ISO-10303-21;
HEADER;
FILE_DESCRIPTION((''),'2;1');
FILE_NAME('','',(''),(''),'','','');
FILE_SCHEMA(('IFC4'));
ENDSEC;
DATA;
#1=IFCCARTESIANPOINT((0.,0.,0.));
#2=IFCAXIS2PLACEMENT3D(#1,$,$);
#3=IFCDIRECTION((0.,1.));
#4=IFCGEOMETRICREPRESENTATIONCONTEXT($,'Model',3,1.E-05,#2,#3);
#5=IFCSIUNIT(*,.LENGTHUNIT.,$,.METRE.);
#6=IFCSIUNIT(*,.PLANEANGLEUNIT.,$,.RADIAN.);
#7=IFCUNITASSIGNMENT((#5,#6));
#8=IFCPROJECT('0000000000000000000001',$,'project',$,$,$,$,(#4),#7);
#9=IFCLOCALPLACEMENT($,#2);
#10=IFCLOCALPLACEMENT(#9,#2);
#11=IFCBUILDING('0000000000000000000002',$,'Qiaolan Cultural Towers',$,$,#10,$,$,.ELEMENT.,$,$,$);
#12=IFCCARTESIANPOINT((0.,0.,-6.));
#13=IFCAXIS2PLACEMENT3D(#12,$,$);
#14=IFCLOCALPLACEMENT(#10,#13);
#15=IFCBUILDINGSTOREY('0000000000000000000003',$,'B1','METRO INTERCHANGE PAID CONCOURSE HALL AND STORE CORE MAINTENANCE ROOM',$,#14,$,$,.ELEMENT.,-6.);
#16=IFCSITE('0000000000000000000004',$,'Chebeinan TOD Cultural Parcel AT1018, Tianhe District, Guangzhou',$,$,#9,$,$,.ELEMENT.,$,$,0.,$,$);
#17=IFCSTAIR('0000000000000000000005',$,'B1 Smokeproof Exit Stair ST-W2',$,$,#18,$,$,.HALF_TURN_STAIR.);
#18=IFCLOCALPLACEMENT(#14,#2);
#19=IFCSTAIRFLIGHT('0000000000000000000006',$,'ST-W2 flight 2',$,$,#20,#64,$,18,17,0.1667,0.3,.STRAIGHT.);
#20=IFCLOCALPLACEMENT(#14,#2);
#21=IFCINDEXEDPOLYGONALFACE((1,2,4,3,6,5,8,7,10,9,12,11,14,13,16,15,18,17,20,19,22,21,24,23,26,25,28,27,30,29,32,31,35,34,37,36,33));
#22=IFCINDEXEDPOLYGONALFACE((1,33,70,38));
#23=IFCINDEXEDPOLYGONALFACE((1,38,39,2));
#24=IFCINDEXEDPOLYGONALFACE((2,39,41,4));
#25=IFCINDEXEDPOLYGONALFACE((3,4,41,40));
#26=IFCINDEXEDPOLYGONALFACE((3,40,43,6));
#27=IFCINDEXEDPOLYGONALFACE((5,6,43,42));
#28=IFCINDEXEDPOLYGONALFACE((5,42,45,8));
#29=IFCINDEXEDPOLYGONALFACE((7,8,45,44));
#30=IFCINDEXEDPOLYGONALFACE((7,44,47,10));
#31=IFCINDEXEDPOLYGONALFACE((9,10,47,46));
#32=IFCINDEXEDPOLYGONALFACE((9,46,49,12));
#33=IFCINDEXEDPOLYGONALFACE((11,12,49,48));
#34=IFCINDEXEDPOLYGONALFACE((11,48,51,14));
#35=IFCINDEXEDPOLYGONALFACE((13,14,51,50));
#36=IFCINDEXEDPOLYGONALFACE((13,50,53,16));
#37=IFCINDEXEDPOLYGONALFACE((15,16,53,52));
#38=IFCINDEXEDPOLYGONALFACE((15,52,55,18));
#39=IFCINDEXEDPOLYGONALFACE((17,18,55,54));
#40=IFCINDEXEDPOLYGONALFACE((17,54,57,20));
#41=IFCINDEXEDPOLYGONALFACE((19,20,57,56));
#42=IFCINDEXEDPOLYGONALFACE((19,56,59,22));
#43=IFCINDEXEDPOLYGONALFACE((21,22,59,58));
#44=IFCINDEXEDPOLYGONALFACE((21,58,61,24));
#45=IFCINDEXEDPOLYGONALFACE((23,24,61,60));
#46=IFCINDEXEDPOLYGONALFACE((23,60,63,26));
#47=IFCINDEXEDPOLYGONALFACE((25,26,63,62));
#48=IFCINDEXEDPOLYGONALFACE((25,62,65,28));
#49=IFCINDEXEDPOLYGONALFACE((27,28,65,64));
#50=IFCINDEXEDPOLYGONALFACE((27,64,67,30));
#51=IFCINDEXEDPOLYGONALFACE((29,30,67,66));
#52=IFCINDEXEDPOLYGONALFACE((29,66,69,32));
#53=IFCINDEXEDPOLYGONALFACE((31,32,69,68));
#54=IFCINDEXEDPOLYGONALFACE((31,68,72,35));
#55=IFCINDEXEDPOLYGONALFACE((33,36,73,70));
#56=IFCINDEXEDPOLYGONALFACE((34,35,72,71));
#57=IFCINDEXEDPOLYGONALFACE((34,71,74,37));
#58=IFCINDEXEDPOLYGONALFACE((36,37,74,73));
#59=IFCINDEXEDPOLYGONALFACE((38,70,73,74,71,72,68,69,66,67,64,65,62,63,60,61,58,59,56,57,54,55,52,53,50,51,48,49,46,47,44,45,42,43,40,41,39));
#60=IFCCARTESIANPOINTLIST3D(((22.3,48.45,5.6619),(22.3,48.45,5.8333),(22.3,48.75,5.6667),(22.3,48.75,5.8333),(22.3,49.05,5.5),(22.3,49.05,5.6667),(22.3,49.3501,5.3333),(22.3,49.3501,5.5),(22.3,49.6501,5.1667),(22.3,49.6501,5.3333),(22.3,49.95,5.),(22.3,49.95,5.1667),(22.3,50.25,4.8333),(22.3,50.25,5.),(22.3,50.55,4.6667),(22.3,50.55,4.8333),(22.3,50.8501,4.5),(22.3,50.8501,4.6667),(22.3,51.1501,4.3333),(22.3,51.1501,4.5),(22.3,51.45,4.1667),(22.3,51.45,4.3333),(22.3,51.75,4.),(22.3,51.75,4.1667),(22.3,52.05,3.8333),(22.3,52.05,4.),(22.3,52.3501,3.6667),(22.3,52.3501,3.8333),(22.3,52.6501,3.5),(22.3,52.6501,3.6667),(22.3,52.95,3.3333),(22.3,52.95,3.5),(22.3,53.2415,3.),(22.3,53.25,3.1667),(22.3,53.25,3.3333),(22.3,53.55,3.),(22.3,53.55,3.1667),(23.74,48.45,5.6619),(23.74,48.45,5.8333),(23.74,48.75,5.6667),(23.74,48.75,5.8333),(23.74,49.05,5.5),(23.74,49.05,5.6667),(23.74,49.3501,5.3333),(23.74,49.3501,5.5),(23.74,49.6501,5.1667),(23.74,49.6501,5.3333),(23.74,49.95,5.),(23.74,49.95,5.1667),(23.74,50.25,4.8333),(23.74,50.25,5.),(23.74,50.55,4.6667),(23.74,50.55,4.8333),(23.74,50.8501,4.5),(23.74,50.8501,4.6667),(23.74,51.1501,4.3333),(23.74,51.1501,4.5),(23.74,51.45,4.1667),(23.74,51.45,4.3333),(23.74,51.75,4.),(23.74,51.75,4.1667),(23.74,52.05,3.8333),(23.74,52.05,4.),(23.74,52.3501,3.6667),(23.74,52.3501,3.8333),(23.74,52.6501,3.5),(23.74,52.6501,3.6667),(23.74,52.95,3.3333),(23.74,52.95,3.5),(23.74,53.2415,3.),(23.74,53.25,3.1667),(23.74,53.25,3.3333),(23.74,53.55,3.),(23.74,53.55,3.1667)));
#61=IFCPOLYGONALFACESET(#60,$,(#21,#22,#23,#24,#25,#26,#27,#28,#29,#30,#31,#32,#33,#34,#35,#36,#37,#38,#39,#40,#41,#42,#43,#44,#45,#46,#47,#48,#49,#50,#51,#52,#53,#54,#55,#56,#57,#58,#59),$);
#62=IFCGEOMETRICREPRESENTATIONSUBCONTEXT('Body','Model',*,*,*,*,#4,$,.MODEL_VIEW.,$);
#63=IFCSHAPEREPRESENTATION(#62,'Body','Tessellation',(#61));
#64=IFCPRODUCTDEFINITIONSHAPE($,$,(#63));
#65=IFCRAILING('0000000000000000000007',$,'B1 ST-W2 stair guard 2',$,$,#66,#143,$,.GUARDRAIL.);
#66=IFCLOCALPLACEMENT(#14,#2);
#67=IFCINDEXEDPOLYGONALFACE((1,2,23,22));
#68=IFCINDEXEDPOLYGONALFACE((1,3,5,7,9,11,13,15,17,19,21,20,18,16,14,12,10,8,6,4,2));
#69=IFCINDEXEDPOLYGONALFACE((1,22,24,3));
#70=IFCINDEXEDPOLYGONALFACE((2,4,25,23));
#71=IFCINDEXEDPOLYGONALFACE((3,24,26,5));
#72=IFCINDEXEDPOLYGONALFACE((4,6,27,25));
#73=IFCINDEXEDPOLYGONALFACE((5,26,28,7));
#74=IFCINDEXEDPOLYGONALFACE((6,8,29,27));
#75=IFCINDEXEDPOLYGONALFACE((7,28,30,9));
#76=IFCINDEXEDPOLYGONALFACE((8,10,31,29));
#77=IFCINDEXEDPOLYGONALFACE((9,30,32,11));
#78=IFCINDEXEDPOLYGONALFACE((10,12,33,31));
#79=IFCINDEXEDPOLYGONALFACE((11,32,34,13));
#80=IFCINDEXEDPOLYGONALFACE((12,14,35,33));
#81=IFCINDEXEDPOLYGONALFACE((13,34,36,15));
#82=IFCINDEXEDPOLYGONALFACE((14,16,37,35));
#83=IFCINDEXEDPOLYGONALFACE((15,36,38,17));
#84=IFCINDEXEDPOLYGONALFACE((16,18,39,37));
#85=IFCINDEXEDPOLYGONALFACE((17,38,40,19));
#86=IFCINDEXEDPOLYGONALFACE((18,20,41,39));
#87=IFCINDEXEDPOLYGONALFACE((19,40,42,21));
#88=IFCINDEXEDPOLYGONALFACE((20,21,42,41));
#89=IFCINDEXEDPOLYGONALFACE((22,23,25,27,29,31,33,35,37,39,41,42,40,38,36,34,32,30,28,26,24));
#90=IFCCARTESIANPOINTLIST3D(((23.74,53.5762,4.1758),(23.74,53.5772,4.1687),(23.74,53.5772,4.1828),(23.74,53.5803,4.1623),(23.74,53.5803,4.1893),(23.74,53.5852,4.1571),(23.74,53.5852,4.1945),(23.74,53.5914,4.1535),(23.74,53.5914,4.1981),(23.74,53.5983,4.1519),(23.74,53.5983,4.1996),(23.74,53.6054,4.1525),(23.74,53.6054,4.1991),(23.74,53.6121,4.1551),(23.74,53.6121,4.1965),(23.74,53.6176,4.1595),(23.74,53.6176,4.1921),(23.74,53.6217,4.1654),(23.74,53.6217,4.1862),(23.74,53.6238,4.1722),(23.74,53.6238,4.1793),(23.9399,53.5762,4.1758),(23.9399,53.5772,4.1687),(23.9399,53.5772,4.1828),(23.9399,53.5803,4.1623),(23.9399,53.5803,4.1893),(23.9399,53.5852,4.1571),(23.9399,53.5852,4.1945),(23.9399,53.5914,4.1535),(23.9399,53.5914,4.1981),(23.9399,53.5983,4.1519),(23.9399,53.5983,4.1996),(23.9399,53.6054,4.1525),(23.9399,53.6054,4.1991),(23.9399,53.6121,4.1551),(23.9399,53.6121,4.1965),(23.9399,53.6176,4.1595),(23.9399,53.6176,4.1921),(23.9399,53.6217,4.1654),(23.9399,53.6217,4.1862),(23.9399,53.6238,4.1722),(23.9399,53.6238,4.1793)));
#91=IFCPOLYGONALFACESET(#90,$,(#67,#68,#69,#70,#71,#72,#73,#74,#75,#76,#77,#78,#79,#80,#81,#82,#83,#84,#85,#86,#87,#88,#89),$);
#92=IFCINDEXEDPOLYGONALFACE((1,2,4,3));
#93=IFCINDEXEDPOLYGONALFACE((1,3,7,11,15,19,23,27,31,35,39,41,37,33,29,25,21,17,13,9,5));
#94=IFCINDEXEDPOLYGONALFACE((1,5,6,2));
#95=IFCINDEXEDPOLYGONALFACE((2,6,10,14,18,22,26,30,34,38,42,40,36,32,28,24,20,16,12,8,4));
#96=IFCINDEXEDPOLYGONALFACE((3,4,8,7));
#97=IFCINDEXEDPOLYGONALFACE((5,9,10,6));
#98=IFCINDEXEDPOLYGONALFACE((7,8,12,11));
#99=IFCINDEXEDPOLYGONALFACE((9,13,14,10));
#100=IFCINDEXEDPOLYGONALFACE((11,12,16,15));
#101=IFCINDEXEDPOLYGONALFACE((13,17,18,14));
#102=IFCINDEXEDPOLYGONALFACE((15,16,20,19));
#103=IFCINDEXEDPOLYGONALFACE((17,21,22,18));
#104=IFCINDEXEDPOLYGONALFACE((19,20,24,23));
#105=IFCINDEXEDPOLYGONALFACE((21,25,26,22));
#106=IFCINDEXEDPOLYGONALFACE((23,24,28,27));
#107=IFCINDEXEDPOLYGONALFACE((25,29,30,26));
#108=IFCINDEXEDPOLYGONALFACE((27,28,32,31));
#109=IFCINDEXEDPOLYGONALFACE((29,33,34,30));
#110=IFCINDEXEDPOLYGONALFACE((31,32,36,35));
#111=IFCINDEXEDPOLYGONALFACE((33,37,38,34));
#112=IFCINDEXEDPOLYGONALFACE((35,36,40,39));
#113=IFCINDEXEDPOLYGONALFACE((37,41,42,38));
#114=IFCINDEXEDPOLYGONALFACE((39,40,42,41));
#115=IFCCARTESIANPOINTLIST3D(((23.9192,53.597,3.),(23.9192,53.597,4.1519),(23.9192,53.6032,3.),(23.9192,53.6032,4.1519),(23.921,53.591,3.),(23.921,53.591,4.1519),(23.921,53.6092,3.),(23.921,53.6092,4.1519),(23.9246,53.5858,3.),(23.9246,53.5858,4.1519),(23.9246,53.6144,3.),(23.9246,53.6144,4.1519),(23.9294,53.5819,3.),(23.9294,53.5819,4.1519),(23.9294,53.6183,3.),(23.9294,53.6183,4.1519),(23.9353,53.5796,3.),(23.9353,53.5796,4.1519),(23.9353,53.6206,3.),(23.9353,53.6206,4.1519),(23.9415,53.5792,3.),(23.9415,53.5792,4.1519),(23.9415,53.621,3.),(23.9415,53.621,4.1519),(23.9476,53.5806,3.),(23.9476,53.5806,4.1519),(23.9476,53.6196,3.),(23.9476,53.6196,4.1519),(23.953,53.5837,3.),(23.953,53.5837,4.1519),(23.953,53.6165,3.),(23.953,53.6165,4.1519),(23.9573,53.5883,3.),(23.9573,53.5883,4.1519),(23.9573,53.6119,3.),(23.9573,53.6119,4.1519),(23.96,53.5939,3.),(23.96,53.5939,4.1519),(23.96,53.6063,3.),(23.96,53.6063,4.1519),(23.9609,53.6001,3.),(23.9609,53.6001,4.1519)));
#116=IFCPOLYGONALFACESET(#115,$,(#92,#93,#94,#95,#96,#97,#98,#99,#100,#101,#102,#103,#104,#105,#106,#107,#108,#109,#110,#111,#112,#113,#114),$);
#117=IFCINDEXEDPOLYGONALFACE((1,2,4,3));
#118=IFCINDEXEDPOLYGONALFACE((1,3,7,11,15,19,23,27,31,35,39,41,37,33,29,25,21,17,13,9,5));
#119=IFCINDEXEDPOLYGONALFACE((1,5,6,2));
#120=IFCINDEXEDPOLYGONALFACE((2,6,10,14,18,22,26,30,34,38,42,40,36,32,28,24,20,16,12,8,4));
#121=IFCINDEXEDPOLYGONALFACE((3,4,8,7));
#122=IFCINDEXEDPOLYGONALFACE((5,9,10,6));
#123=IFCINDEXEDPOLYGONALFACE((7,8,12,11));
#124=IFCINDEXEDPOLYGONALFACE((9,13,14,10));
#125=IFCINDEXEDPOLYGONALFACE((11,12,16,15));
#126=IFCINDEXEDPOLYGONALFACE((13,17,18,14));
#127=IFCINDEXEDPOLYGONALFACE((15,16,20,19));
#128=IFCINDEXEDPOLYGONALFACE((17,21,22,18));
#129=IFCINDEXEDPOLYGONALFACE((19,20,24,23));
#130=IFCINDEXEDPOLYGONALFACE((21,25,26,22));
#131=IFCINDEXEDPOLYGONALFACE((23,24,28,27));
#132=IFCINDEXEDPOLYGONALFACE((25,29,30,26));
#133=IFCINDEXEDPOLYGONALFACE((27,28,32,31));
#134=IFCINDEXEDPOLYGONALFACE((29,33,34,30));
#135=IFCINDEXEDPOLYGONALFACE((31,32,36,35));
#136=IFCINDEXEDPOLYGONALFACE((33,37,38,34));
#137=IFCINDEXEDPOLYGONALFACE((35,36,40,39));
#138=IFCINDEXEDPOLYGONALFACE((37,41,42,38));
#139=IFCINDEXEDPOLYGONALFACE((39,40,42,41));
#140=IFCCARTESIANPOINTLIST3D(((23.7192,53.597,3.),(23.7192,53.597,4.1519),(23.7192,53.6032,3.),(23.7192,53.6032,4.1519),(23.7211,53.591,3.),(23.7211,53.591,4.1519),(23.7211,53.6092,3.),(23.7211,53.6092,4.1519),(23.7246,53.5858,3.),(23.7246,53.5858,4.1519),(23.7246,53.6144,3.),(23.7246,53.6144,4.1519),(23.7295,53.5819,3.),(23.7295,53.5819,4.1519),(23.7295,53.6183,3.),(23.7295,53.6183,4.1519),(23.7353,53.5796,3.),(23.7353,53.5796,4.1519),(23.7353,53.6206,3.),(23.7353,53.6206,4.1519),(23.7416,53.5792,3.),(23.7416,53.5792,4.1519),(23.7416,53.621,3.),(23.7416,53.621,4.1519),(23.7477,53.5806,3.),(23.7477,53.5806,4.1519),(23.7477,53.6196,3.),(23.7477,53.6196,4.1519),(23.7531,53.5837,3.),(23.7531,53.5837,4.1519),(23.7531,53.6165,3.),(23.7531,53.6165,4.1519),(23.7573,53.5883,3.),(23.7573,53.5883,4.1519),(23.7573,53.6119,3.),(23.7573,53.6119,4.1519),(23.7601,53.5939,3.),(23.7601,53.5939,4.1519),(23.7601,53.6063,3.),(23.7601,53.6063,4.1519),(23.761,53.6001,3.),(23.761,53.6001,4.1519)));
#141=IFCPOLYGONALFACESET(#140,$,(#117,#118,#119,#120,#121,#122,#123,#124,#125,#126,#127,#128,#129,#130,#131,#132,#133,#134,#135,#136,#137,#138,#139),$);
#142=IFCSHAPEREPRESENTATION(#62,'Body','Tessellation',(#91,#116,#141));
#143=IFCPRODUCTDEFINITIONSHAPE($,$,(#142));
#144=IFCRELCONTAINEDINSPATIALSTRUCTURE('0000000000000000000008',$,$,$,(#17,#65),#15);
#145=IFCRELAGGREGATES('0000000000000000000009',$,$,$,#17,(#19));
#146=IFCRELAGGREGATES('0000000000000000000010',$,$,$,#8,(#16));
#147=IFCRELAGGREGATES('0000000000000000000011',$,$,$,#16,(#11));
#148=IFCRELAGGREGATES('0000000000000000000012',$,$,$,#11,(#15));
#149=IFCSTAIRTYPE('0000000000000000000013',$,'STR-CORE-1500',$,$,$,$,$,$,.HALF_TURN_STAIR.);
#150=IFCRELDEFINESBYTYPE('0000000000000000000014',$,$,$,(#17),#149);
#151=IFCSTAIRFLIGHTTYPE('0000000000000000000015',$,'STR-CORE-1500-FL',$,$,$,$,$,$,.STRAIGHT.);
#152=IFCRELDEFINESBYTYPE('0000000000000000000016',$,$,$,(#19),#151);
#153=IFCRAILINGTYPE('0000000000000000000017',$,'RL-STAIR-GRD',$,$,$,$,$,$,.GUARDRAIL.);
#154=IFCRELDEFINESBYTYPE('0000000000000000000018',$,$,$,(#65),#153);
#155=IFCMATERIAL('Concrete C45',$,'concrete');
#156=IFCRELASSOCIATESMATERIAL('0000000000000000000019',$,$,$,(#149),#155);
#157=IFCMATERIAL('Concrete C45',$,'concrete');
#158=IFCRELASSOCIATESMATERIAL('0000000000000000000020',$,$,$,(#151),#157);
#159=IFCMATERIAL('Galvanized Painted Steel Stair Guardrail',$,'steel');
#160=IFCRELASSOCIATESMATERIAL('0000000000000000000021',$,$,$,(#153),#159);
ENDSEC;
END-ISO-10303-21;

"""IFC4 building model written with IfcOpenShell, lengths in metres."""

from ifc_helpers import new_model, si_unit, direction, frame, origin, origin_2d, place, context, subcontext, project, spatial, polyline, circle, outline, extrude, material, type_object, element, aggregate, save


model = new_model("IFC4")

# Units and contexts
model_context = context("Model", 3, precision=1e-05, world=origin(), true_north=direction((0.0, 1.0)))
body_context = subcontext(model_context, "Body", "Model", "MODEL_VIEW")
ifc_project = project(units=[si_unit("LENGTHUNIT", "METRE"), si_unit("PLANEANGLEUNIT", "RADIAN")], contexts=[model_context])

# Site, building, storey
site_placement = place(None, origin())
site = spatial("IfcSite", under=ifc_project, at=site_placement, Name="Chebeinan TOD Cultural Parcel AT1018, Tianhe District, Guangzhou", CompositionType="ELEMENT", RefElevation=0.0)
building_placement = place(site_placement, origin())
building = spatial("IfcBuilding", under=site, at=building_placement, Name="Qiaolan Cultural Towers", CompositionType="ELEMENT")
storey_placement = place(building_placement, frame((0.0, 0.0, -6.0)))
storey = spatial("IfcBuildingStorey", under=building, at=storey_placement, Name="B1", Description="METRO INTERCHANGE PAID CONCOURSE HALL AND STORE CORE MAINTENANCE ROOM", CompositionType="ELEMENT", Elevation=-6.0)

# Stair, stair flight
ifc_material_1 = material(Name="Concrete C45", Category="concrete")
stair_type = type_object("IfcStairType", Name="STR-CORE-1500", PredefinedType="HALF_TURN_STAIR", material=ifc_material_1)
stair_placement = place(storey_placement, origin())
stair = element("IfcStair", 1, at=stair_placement, inside=storey, type_object=stair_type, Name="B1 Smokeproof Exit Stair ST-W2", PredefinedType="HALF_TURN_STAIR")
ifc_material_2 = material(Name="Concrete C45", Category="concrete")
stair_flight_type = type_object("IfcStairFlightType", Name="STR-CORE-1500-FL", PredefinedType="STRAIGHT", material=ifc_material_2)
stair_flight_placement = place(storey_placement, frame((23.02, 53.55, 3.0), z_axis=(0.0, 0.0, 1.0), x_axis=(0.0, -1.0, 0.0)))
stair_flight = element("IfcStairFlight", 2, at=stair_flight_placement, type_object=stair_flight_type, Name="ST-W2 flight 2", NumberOfRisers=18, NumberOfTreads=17, PredefinedType="STRAIGHT", RiserHeight=0.1667, TreadLength=0.3, context=body_context, shape_type="SweptSolid", body=[
    extrude(outline(polyline([(0.0, 0.0), (0.0, 0.1667), (0.3, 0.1667), (0.3, 0.3333), (0.6001, 0.3333), (0.6001, 0.5), (0.8999, 0.5), (0.8999, 0.6667), (1.2, 0.6667), (1.2, 0.8333), (1.5, 0.8333), (1.5, 1.0), (1.8, 1.0), (1.8, 1.1667), (2.1001, 1.1667), (2.1001, 1.3333), (2.3999, 1.3333), (2.3999, 1.5), (2.7, 1.5), (2.7, 1.6667), (3.0, 1.6667), (3.0, 1.8333), (3.3, 1.8333), (3.3, 2.0), (3.6001, 2.0), (3.6001, 2.1667), (3.8999, 2.1667), (3.8999, 2.3333), (4.2, 2.3333), (4.2, 2.5), (4.5, 2.5), (4.5, 2.6667), (4.8, 2.6667), (4.8, 2.8333), (5.1001, 2.8333), (5.1001, 3.0), (5.1001, 2.6619), (0.3086, 0.0), (0.0, 0.0)])), frame((0.0, 0.72, 0.0), z_axis=(0.0, -1.0, 0.0), x_axis=(1.0, 0.0, 0.0)), (0.0, 0.0, 1.0), 1.4399),
])
aggregate(stair, [stair_flight])

# Railing
ifc_material_3 = material(Name="Galvanized Painted Steel Stair Guardrail", Category="steel")
railing_type_1 = type_object("IfcRailingType", Name="RL-STAIR-GRD", PredefinedType="GUARDRAIL", material=ifc_material_3)
railing_1_placement = place(storey_placement, frame((23.9399, 53.6001, 3.0)))
element("IfcRailing", 3, at=railing_1_placement, inside=storey, type_object=railing_type_1, Name="B1 ST-W2 stair guard 2", PredefinedType="GUARDRAIL", context=body_context, shape_type="SweptSolid", body=[
    extrude(circle(Radius=0.0239, at=origin_2d()), frame((0.0, 0.0, 1.1758), z_axis=(-1.0, 0.0, 0.0), x_axis=(0.0, -1.0, 0.0)), (0.0, 0.0, 1.0), 0.2),
    extrude(circle(Radius=0.021, at=origin_2d()), origin(), (0.0, 0.0, 1.0), 1.1519),
    extrude(circle(Radius=0.021, at=origin_2d()), frame((-0.2, 0.0, 0.0)), (0.0, 0.0, 1.0), 1.1519),
])

save(model, "model.ifc")
